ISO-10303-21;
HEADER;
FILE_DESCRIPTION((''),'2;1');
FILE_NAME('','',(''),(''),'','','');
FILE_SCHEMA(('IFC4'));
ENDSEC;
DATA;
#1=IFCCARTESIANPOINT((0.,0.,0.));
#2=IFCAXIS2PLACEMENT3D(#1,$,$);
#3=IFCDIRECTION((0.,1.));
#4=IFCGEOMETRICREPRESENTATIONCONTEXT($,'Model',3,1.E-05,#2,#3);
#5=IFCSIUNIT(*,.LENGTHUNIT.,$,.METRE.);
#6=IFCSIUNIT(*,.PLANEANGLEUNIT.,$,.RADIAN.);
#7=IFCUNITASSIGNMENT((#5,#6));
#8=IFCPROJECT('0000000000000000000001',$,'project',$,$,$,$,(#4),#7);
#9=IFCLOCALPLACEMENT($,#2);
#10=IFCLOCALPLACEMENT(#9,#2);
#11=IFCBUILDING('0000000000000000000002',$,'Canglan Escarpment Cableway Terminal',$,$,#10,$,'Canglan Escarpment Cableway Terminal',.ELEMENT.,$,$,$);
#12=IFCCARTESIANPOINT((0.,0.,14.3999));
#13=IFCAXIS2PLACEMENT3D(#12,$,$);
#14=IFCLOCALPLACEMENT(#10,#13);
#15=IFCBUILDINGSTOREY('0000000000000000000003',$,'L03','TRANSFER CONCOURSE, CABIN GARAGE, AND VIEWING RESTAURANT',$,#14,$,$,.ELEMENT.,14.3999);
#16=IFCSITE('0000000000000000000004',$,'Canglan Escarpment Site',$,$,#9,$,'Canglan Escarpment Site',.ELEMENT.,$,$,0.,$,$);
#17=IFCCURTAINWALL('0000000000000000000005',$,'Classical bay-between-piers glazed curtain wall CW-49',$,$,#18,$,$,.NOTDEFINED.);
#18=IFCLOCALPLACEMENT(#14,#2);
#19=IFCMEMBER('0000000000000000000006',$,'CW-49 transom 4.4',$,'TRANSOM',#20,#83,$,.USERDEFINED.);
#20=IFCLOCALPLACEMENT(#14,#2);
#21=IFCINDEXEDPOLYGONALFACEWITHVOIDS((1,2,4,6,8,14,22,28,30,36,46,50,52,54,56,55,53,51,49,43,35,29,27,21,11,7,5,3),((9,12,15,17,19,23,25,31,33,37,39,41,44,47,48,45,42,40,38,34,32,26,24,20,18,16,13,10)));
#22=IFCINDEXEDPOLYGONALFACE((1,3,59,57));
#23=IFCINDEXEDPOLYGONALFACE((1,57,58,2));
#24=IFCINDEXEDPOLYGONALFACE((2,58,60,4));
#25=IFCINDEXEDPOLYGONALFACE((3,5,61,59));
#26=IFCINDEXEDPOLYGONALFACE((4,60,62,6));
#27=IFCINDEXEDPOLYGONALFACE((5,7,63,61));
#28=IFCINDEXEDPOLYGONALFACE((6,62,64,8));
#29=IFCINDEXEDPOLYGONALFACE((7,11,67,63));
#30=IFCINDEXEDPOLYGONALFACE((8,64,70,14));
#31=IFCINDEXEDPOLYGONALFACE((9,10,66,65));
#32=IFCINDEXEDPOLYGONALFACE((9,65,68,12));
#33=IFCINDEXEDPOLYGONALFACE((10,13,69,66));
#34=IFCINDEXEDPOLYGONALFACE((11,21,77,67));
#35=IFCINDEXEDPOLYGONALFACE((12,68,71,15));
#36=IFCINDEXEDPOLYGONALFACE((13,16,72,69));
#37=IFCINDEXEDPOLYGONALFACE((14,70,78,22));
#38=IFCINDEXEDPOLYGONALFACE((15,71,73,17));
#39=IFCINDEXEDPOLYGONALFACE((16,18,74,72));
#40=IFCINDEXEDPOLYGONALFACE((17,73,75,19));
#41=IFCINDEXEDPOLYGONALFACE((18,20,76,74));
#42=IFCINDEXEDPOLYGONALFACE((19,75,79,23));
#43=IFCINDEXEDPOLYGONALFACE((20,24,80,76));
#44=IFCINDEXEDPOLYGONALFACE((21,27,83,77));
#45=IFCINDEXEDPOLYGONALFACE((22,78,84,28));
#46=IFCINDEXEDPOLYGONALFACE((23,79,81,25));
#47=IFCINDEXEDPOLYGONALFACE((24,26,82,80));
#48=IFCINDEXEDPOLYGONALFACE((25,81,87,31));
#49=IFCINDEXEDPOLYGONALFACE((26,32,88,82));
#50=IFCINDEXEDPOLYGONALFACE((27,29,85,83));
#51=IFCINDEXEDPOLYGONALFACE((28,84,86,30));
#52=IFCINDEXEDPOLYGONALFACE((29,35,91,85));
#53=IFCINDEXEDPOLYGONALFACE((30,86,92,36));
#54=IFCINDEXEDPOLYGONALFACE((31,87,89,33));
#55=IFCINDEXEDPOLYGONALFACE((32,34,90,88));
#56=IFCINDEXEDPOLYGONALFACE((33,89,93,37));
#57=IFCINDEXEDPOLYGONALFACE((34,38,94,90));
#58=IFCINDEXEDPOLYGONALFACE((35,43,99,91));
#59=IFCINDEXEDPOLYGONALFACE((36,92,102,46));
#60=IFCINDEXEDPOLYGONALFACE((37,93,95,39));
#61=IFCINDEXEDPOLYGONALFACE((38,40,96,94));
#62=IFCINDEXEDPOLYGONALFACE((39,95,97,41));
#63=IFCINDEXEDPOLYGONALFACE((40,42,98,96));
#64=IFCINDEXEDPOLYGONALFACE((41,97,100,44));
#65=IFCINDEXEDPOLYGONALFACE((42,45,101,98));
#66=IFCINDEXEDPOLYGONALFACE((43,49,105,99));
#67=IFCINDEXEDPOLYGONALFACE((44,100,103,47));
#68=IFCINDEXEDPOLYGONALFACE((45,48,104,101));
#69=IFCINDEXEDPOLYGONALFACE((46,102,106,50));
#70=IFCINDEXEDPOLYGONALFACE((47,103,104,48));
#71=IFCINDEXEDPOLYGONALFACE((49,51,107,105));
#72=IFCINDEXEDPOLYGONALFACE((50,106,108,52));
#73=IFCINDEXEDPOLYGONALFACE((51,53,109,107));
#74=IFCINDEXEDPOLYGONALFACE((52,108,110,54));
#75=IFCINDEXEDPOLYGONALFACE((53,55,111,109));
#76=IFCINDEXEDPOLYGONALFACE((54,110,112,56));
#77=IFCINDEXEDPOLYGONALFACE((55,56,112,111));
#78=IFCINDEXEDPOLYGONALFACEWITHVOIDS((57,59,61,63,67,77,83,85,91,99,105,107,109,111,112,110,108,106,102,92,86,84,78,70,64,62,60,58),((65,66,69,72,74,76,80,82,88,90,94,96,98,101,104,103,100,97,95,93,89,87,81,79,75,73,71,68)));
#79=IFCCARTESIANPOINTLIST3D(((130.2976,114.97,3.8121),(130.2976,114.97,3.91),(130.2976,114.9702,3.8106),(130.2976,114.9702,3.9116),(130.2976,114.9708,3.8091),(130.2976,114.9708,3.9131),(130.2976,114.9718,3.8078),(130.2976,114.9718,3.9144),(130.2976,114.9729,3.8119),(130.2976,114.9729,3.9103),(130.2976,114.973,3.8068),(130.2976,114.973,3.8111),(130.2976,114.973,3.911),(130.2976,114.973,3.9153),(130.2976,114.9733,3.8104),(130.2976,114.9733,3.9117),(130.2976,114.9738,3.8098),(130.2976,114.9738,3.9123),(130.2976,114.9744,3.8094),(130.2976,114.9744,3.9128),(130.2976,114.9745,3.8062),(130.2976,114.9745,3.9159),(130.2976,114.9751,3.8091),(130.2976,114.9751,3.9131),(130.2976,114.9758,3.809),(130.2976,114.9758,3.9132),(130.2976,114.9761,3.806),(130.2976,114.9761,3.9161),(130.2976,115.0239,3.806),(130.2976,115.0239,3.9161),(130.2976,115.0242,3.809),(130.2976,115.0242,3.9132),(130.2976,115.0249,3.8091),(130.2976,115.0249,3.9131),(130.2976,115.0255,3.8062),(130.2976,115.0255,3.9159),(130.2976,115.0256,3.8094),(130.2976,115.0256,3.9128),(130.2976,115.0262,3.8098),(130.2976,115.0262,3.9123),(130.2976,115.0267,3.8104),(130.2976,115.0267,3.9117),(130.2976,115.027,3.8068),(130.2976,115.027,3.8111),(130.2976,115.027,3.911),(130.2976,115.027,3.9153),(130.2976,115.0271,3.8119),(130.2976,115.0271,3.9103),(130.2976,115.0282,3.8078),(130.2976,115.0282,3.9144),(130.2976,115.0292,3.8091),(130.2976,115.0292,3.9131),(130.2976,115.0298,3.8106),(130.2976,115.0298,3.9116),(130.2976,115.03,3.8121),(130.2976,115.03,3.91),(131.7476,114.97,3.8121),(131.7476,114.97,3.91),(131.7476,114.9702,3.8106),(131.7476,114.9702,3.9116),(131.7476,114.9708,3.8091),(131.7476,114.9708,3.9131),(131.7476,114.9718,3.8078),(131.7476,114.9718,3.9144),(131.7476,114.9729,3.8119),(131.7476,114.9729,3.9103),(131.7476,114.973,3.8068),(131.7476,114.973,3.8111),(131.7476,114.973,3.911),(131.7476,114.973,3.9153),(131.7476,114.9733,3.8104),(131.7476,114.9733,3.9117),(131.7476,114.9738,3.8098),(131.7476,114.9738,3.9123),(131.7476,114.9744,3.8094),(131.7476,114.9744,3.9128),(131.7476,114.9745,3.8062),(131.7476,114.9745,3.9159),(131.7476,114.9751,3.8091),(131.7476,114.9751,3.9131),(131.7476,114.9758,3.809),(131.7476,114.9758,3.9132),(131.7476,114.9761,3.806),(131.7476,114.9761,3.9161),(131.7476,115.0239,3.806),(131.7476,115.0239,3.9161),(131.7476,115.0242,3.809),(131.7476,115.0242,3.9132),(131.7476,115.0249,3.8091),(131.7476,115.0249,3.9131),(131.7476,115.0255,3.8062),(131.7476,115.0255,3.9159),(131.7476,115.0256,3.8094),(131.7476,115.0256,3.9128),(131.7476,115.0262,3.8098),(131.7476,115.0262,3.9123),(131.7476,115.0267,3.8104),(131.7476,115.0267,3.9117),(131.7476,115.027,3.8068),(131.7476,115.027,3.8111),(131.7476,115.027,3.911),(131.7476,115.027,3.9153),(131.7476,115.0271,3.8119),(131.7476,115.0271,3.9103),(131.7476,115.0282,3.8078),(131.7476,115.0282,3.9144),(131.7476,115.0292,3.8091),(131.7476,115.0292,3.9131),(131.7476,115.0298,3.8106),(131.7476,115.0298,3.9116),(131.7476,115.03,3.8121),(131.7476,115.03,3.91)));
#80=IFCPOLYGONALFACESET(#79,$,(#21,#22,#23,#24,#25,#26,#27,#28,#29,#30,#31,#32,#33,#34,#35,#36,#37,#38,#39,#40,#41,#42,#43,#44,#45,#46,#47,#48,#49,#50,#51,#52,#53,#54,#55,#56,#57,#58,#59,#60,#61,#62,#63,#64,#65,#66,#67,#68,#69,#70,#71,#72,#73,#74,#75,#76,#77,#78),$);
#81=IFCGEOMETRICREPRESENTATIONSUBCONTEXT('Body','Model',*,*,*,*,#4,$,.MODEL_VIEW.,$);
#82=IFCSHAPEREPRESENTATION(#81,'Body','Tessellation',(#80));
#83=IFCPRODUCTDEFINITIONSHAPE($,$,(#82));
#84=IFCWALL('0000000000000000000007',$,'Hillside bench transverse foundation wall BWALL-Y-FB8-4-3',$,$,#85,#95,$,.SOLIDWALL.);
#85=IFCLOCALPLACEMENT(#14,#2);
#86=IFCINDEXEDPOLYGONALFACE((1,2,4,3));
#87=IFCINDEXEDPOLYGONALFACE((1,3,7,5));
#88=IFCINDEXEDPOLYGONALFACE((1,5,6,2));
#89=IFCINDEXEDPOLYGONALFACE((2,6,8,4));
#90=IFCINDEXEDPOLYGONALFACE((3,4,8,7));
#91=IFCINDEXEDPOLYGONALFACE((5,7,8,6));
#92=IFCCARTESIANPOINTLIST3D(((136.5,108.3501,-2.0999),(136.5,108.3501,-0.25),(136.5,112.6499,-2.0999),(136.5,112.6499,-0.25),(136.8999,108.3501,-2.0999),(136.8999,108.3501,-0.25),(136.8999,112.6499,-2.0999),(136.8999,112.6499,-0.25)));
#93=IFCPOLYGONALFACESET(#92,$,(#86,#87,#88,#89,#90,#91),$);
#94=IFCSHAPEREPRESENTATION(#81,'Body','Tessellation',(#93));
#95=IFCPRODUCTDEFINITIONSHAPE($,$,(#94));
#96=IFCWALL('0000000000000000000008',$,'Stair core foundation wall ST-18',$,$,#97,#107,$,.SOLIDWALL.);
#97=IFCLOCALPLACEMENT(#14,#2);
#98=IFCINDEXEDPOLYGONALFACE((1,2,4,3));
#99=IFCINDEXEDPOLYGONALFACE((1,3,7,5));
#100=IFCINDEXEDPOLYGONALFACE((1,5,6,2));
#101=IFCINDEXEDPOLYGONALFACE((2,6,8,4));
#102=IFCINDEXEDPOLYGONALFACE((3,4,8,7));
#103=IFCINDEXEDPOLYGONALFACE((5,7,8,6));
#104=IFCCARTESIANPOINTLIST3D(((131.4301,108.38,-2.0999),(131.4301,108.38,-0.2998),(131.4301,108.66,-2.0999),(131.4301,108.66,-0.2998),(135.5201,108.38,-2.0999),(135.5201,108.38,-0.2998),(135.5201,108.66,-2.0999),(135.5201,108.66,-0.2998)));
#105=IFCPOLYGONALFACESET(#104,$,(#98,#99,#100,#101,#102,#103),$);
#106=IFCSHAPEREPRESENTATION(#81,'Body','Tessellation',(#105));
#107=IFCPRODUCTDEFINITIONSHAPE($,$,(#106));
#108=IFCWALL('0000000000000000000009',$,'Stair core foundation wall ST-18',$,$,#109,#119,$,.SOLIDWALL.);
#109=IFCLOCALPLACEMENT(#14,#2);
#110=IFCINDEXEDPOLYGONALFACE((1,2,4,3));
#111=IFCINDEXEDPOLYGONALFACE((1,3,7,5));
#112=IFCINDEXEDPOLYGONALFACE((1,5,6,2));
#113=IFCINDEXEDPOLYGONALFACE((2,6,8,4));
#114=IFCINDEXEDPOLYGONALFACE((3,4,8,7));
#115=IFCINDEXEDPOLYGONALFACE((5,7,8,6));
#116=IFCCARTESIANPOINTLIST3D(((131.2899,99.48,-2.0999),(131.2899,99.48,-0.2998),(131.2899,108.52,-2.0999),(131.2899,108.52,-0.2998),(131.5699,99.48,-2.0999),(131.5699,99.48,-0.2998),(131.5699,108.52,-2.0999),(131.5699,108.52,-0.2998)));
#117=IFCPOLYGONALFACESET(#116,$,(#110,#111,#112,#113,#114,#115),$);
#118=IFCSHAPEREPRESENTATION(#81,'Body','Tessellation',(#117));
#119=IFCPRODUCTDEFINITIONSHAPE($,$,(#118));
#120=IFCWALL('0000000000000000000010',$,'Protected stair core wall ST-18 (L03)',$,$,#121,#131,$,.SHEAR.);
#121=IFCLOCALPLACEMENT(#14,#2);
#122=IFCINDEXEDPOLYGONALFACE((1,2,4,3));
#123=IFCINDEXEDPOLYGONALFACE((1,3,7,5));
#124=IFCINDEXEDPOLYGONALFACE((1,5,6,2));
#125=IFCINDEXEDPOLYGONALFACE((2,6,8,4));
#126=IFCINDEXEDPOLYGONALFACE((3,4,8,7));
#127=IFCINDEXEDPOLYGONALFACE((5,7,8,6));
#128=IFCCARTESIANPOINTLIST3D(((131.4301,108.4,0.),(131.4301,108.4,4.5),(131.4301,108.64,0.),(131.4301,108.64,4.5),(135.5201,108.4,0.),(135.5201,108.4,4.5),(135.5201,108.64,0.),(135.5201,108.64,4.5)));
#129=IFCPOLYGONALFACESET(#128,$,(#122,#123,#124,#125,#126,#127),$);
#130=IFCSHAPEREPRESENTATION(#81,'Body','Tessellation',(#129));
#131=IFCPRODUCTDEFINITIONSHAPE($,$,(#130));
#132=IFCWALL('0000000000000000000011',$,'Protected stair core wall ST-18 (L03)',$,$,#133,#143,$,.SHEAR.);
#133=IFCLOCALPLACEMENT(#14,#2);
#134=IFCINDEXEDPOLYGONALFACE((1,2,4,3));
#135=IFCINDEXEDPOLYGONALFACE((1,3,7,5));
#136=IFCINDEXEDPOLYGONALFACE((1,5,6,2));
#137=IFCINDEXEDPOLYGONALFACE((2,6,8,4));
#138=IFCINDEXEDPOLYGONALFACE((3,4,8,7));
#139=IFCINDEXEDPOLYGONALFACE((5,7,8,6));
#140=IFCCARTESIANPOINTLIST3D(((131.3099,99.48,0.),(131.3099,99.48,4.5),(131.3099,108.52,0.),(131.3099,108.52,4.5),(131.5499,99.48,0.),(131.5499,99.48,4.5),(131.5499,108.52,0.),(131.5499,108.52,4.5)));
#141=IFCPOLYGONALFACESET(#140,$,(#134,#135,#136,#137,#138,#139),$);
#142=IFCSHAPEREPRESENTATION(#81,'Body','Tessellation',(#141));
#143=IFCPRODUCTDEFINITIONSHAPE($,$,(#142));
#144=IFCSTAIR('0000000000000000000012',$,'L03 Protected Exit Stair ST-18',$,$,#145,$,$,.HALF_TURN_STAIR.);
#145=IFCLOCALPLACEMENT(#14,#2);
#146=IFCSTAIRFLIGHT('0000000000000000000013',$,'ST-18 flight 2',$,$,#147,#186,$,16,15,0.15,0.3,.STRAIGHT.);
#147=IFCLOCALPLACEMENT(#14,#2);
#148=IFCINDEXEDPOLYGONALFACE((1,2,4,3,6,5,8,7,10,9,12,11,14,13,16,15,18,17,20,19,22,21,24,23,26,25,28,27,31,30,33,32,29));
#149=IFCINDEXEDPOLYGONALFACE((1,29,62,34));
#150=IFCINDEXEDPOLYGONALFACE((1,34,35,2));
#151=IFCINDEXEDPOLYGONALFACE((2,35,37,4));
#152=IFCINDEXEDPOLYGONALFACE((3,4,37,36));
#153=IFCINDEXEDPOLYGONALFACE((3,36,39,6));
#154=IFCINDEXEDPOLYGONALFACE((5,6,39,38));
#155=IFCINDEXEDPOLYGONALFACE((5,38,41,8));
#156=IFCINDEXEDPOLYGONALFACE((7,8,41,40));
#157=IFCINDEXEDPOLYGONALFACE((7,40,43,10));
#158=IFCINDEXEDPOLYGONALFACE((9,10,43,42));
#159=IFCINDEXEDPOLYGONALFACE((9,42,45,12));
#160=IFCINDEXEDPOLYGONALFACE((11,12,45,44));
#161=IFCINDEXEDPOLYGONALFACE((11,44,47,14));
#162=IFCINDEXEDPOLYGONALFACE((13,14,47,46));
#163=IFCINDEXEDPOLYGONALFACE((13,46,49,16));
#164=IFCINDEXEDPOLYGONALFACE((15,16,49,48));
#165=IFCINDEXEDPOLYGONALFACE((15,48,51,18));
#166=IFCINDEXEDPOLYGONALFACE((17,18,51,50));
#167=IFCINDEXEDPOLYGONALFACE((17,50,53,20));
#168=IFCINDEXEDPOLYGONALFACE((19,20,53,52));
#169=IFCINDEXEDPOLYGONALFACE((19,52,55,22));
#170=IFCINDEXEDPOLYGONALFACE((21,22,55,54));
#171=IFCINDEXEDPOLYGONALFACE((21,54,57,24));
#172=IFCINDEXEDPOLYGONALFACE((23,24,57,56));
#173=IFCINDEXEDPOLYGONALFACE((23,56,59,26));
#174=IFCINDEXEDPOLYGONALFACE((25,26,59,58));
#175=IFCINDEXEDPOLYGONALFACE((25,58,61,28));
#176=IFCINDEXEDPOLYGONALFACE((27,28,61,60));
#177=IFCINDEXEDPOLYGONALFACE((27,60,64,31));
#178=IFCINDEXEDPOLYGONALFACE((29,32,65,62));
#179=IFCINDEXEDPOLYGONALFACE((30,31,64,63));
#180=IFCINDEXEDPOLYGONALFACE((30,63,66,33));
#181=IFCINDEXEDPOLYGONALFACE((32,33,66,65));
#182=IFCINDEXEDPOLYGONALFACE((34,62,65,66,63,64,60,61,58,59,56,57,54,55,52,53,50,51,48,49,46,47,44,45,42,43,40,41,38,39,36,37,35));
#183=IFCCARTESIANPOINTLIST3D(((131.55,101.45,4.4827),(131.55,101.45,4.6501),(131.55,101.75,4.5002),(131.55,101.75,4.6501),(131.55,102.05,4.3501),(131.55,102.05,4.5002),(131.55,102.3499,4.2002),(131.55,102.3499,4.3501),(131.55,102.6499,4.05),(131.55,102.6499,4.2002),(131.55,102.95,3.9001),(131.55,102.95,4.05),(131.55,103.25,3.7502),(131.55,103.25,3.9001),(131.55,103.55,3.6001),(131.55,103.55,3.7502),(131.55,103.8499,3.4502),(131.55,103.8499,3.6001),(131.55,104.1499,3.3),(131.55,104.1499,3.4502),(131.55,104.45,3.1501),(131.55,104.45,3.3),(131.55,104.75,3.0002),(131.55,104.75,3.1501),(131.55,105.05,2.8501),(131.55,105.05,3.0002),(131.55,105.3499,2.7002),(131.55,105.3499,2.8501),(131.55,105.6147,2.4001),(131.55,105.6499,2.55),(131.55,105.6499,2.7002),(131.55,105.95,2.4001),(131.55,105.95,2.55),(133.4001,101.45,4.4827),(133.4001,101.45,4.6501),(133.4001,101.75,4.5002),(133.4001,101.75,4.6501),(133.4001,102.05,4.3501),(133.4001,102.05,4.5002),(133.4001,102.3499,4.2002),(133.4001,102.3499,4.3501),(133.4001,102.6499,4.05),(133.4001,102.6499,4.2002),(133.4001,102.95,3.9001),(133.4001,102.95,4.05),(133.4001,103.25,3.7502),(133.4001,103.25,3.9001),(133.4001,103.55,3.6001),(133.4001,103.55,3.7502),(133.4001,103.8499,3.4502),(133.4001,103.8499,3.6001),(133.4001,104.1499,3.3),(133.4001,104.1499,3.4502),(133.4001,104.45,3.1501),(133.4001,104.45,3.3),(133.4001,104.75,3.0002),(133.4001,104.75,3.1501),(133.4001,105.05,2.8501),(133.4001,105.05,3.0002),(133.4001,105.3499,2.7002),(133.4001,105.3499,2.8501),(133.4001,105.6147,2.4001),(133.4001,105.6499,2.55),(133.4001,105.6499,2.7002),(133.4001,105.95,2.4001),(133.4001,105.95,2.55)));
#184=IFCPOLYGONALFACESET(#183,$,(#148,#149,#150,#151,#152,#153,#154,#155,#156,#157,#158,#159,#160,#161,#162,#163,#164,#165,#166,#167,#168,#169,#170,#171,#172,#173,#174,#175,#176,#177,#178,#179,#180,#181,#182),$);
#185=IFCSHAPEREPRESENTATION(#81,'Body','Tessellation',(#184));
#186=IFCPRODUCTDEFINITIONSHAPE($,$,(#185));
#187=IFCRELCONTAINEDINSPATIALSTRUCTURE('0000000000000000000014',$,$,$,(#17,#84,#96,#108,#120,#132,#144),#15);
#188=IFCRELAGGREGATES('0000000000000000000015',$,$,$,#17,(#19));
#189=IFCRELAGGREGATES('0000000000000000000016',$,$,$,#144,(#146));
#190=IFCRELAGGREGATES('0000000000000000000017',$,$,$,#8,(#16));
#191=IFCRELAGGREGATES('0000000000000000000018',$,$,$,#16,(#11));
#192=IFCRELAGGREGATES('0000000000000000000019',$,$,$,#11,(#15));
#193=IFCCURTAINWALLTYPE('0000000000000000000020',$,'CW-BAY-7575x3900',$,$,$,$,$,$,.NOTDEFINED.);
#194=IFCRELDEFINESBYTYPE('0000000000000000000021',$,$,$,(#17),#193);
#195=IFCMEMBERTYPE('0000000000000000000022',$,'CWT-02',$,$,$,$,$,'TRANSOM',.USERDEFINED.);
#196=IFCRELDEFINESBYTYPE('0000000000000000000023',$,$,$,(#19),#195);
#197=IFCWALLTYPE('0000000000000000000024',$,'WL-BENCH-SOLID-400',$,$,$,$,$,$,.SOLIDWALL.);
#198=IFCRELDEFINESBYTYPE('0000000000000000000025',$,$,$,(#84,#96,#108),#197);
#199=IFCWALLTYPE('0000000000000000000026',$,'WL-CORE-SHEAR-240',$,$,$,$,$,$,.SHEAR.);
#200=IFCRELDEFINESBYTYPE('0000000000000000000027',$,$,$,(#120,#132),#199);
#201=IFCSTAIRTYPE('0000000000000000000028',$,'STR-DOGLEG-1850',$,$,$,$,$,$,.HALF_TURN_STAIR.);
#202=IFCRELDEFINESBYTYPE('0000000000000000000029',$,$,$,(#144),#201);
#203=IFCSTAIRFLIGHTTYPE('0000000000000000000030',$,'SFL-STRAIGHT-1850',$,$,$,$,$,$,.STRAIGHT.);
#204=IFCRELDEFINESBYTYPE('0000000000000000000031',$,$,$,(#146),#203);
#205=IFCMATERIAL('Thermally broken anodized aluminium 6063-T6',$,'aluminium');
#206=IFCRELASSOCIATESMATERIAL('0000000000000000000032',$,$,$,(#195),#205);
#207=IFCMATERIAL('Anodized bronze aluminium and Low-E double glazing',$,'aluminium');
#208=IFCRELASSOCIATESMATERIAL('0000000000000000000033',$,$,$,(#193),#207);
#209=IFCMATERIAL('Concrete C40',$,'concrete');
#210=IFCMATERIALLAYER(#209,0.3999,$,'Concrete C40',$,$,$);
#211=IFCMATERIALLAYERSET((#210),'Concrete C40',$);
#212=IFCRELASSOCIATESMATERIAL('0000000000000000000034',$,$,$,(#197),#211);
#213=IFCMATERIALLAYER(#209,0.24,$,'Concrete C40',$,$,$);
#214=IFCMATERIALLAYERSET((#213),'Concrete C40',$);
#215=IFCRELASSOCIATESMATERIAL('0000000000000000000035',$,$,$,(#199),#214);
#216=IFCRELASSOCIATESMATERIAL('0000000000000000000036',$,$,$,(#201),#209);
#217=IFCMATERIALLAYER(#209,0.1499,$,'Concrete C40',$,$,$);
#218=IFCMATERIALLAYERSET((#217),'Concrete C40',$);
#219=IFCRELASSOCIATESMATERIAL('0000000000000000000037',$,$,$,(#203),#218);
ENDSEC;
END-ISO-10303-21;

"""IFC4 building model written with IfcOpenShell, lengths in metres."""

from ifc_helpers import new_model, si_unit, direction, frame, frame_2d, origin, origin_2d, place, context, subcontext, project, spatial, polyline, rectangle, hollow_rectangle, outline, extrude, material, layer, layer_set, material_profile, profile_set, type_object, element, aggregate, save


model = new_model("IFC4")

# Units and contexts
model_context = context("Model", 3, precision=1e-05, world=origin(), true_north=direction((0.0, 1.0)))
body_context = subcontext(model_context, "Body", "Model", "MODEL_VIEW")
ifc_project = project(units=[si_unit("LENGTHUNIT", "METRE"), si_unit("PLANEANGLEUNIT", "RADIAN")], contexts=[model_context])

# Site, building, storey
site_placement = place(None, origin())
site = spatial("IfcSite", under=ifc_project, at=site_placement, Name="Canglan Escarpment Site", LongName="Canglan Escarpment Site", CompositionType="ELEMENT", RefElevation=0.0)
building_placement = place(site_placement, origin())
building = spatial("IfcBuilding", under=site, at=building_placement, Name="Canglan Escarpment Cableway Terminal", LongName="Canglan Escarpment Cableway Terminal", CompositionType="ELEMENT")
storey_placement = place(building_placement, frame((0.0, 0.0, 14.3999)))
storey = spatial("IfcBuildingStorey", under=building, at=storey_placement, Name="L03", Description="TRANSFER CONCOURSE, CABIN GARAGE, AND VIEWING RESTAURANT", CompositionType="ELEMENT", Elevation=14.3999)

# Shared definitions
ifc_material_1 = material(Name="Concrete C40", Category="concrete")

# Curtain wall, member
ifc_material_2 = material(Name="Anodized bronze aluminium and Low-E double glazing", Category="aluminium")
ifc_material_3 = material(Name="Thermally broken anodized aluminium 6063-T6", Category="aluminium")
ifc_material_profile_1 = material_profile(ifc_material_3, hollow_rectangle(XDim=0.0601, YDim=0.1101, WallThickness=0.0029, InnerFilletRadius=0.0029, OuterFilletRadius=0.0061, at=origin_2d()), Name="ALU-TRAN 60x110x3")
ifc_profile_set_1 = profile_set([ifc_material_profile_1], Name="Thermally broken anodized aluminium 6063-T6")
member_type_1 = type_object("IfcMemberType", Name="CWT-02", ElementType="TRANSOM", PredefinedType="USERDEFINED", material=ifc_profile_set_1)
curtain_wall_type_1 = type_object("IfcCurtainWallType", Name="CW-BAY-7575x3900", PredefinedType="NOTDEFINED", material=ifc_material_2)
curtain_wall_1_placement = place(storey_placement, origin())
curtain_wall_1 = element("IfcCurtainWall", 1, at=curtain_wall_1_placement, inside=storey, type_object=curtain_wall_type_1, Name="Classical bay-between-piers glazed curtain wall CW-49", PredefinedType="NOTDEFINED")
member_1_placement = place(storey_placement, frame((131.7476, 115.0, 3.8611), z_axis=(-1.0, 0.0, 0.0), x_axis=(0.0, -1.0, 0.0)))
member_1 = element("IfcMember", 2, at=member_1_placement, type_object=member_type_1, Name="CW-49 transom 4.4", ObjectType="TRANSOM", PredefinedType="USERDEFINED", context=body_context, shape_type="SweptSolid", body=[
    extrude(hollow_rectangle(XDim=0.0601, YDim=0.1101, WallThickness=0.0029, InnerFilletRadius=0.0029, OuterFilletRadius=0.0061, at=origin_2d()), origin(), (0.0, 0.0, 1.0), 1.45),
])
aggregate(curtain_wall_1, [member_1])

# Walls
ifc_layer_1 = layer(ifc_material_1, 0.3999, Name="Concrete C40")
ifc_layer_set_1 = layer_set([ifc_layer_1], Name="Concrete C40")
wall_type_1 = type_object("IfcWallType", Name="WL-BENCH-SOLID-400", PredefinedType="SOLIDWALL", material=ifc_layer_set_1)
wall_1_placement = place(storey_placement, frame((136.7, 108.3501, -2.0999), z_axis=(0.0, 0.0, 1.0), x_axis=(0.0, 1.0, 0.0)))
element("IfcWall", 3, at=wall_1_placement, inside=storey, type_object=wall_type_1, Name="Hillside bench transverse foundation wall BWALL-Y-FB8-4-3", PredefinedType="SOLIDWALL", context=body_context, shape_type="SweptSolid", body=[
    extrude(rectangle(XDim=4.2998, YDim=0.3999, at=frame_2d((2.1499, 0.0))), origin(), (0.0, 0.0, 1.0), 1.8499),
])
wall_2_placement = place(storey_placement, frame((135.52, 108.52, -2.0999), z_axis=(0.0, 0.0, 1.0), x_axis=(-1.0, 0.0, 0.0)))
element("IfcWall", 4, at=wall_2_placement, inside=storey, type_object=wall_type_1, Name="Stair core foundation wall ST-18", PredefinedType="SOLIDWALL", context=body_context, shape_type="SweptSolid", body=[
    extrude(rectangle(XDim=4.0901, YDim=0.28, at=frame_2d((2.0449, 0.0))), origin(), (0.0, 0.0, 1.0), 1.8),
])
wall_3_placement = place(storey_placement, frame((131.4299, 108.52, -2.0999), z_axis=(0.0, 0.0, 1.0), x_axis=(0.0, -1.0, 0.0)))
element("IfcWall", 5, at=wall_3_placement, inside=storey, type_object=wall_type_1, Name="Stair core foundation wall ST-18", PredefinedType="SOLIDWALL", context=body_context, shape_type="SweptSolid", body=[
    extrude(rectangle(XDim=9.04, YDim=0.28, at=frame_2d((4.52, 0.0))), origin(), (0.0, 0.0, 1.0), 1.8),
])
ifc_layer_2 = layer(ifc_material_1, 0.24, Name="Concrete C40")
ifc_layer_set_2 = layer_set([ifc_layer_2], Name="Concrete C40")
wall_type_2 = type_object("IfcWallType", Name="WL-CORE-SHEAR-240", PredefinedType="SHEAR", material=ifc_layer_set_2)
wall_4_placement = place(storey_placement, frame((135.52, 108.52, 0.0), z_axis=(0.0, 0.0, 1.0), x_axis=(-1.0, 0.0, 0.0)))
element("IfcWall", 6, at=wall_4_placement, inside=storey, type_object=wall_type_2, Name="Protected stair core wall ST-18 (L03)", PredefinedType="SHEAR", context=body_context, shape_type="SweptSolid", body=[
    extrude(rectangle(XDim=4.0901, YDim=0.24, at=frame_2d((2.0449, 0.0))), origin(), (0.0, 0.0, 1.0), 4.5),
])
wall_5_placement = place(storey_placement, frame((131.4299, 108.52, 0.0), z_axis=(0.0, 0.0, 1.0), x_axis=(0.0, -1.0, 0.0)))
element("IfcWall", 7, at=wall_5_placement, inside=storey, type_object=wall_type_2, Name="Protected stair core wall ST-18 (L03)", PredefinedType="SHEAR", context=body_context, shape_type="SweptSolid", body=[
    extrude(rectangle(XDim=9.04, YDim=0.24, at=frame_2d((4.52, 0.0))), origin(), (0.0, 0.0, 1.0), 4.5),
])

# Stair, stair flight
stair_type = type_object("IfcStairType", Name="STR-DOGLEG-1850", PredefinedType="HALF_TURN_STAIR", material=ifc_material_1)
stair_placement = place(storey_placement, origin())
stair = element("IfcStair", 8, at=stair_placement, inside=storey, type_object=stair_type, Name="L03 Protected Exit Stair ST-18", PredefinedType="HALF_TURN_STAIR")
ifc_layer_3 = layer(ifc_material_1, 0.1499, Name="Concrete C40")
ifc_layer_set_3 = layer_set([ifc_layer_3], Name="Concrete C40")
stair_flight_type = type_object("IfcStairFlightType", Name="SFL-STRAIGHT-1850", PredefinedType="STRAIGHT", material=ifc_layer_set_3)
stair_flight_placement = place(storey_placement, frame((132.4751, 105.95, 2.4001), z_axis=(0.0, 0.0, 1.0), x_axis=(0.0, -1.0, 0.0)))
stair_flight = element("IfcStairFlight", 9, at=stair_flight_placement, type_object=stair_flight_type, Name="ST-18 flight 2", NumberOfRisers=16, NumberOfTreads=15, PredefinedType="STRAIGHT", RiserHeight=0.15, TreadLength=0.3, context=body_context, shape_type="SweptSolid", body=[
    extrude(outline(polyline([(0.0, 0.0), (0.0, 0.1499), (0.3, 0.1499), (0.3, 0.3), (0.6001, 0.3), (0.6001, 0.45), (0.8999, 0.45), (0.8999, 0.6001), (1.2, 0.6001), (1.2, 0.75), (1.5, 0.75), (1.5, 0.8999), (1.8, 0.8999), (1.8, 1.05), (2.1001, 1.05), (2.1001, 1.2), (2.3999, 1.2), (2.3999, 1.3501), (2.7, 1.3501), (2.7, 1.5), (3.0, 1.5), (3.0, 1.6499), (3.3, 1.6499), (3.3, 1.8), (3.6001, 1.8), (3.6001, 1.95), (3.8999, 1.95), (3.8999, 2.1001), (4.2, 2.1001), (4.2, 2.25), (4.5, 2.25), (4.5, 2.3999), (4.5, 2.0825), (0.3352, 0.0), (0.0, 0.0)])), frame((0.0, 0.925, 0.0), z_axis=(0.0, -1.0, 0.0), x_axis=(1.0, 0.0, 0.0)), (0.0, 0.0, 1.0), 1.8501),
])
aggregate(stair, [stair_flight])

save(model, "model.ifc")
